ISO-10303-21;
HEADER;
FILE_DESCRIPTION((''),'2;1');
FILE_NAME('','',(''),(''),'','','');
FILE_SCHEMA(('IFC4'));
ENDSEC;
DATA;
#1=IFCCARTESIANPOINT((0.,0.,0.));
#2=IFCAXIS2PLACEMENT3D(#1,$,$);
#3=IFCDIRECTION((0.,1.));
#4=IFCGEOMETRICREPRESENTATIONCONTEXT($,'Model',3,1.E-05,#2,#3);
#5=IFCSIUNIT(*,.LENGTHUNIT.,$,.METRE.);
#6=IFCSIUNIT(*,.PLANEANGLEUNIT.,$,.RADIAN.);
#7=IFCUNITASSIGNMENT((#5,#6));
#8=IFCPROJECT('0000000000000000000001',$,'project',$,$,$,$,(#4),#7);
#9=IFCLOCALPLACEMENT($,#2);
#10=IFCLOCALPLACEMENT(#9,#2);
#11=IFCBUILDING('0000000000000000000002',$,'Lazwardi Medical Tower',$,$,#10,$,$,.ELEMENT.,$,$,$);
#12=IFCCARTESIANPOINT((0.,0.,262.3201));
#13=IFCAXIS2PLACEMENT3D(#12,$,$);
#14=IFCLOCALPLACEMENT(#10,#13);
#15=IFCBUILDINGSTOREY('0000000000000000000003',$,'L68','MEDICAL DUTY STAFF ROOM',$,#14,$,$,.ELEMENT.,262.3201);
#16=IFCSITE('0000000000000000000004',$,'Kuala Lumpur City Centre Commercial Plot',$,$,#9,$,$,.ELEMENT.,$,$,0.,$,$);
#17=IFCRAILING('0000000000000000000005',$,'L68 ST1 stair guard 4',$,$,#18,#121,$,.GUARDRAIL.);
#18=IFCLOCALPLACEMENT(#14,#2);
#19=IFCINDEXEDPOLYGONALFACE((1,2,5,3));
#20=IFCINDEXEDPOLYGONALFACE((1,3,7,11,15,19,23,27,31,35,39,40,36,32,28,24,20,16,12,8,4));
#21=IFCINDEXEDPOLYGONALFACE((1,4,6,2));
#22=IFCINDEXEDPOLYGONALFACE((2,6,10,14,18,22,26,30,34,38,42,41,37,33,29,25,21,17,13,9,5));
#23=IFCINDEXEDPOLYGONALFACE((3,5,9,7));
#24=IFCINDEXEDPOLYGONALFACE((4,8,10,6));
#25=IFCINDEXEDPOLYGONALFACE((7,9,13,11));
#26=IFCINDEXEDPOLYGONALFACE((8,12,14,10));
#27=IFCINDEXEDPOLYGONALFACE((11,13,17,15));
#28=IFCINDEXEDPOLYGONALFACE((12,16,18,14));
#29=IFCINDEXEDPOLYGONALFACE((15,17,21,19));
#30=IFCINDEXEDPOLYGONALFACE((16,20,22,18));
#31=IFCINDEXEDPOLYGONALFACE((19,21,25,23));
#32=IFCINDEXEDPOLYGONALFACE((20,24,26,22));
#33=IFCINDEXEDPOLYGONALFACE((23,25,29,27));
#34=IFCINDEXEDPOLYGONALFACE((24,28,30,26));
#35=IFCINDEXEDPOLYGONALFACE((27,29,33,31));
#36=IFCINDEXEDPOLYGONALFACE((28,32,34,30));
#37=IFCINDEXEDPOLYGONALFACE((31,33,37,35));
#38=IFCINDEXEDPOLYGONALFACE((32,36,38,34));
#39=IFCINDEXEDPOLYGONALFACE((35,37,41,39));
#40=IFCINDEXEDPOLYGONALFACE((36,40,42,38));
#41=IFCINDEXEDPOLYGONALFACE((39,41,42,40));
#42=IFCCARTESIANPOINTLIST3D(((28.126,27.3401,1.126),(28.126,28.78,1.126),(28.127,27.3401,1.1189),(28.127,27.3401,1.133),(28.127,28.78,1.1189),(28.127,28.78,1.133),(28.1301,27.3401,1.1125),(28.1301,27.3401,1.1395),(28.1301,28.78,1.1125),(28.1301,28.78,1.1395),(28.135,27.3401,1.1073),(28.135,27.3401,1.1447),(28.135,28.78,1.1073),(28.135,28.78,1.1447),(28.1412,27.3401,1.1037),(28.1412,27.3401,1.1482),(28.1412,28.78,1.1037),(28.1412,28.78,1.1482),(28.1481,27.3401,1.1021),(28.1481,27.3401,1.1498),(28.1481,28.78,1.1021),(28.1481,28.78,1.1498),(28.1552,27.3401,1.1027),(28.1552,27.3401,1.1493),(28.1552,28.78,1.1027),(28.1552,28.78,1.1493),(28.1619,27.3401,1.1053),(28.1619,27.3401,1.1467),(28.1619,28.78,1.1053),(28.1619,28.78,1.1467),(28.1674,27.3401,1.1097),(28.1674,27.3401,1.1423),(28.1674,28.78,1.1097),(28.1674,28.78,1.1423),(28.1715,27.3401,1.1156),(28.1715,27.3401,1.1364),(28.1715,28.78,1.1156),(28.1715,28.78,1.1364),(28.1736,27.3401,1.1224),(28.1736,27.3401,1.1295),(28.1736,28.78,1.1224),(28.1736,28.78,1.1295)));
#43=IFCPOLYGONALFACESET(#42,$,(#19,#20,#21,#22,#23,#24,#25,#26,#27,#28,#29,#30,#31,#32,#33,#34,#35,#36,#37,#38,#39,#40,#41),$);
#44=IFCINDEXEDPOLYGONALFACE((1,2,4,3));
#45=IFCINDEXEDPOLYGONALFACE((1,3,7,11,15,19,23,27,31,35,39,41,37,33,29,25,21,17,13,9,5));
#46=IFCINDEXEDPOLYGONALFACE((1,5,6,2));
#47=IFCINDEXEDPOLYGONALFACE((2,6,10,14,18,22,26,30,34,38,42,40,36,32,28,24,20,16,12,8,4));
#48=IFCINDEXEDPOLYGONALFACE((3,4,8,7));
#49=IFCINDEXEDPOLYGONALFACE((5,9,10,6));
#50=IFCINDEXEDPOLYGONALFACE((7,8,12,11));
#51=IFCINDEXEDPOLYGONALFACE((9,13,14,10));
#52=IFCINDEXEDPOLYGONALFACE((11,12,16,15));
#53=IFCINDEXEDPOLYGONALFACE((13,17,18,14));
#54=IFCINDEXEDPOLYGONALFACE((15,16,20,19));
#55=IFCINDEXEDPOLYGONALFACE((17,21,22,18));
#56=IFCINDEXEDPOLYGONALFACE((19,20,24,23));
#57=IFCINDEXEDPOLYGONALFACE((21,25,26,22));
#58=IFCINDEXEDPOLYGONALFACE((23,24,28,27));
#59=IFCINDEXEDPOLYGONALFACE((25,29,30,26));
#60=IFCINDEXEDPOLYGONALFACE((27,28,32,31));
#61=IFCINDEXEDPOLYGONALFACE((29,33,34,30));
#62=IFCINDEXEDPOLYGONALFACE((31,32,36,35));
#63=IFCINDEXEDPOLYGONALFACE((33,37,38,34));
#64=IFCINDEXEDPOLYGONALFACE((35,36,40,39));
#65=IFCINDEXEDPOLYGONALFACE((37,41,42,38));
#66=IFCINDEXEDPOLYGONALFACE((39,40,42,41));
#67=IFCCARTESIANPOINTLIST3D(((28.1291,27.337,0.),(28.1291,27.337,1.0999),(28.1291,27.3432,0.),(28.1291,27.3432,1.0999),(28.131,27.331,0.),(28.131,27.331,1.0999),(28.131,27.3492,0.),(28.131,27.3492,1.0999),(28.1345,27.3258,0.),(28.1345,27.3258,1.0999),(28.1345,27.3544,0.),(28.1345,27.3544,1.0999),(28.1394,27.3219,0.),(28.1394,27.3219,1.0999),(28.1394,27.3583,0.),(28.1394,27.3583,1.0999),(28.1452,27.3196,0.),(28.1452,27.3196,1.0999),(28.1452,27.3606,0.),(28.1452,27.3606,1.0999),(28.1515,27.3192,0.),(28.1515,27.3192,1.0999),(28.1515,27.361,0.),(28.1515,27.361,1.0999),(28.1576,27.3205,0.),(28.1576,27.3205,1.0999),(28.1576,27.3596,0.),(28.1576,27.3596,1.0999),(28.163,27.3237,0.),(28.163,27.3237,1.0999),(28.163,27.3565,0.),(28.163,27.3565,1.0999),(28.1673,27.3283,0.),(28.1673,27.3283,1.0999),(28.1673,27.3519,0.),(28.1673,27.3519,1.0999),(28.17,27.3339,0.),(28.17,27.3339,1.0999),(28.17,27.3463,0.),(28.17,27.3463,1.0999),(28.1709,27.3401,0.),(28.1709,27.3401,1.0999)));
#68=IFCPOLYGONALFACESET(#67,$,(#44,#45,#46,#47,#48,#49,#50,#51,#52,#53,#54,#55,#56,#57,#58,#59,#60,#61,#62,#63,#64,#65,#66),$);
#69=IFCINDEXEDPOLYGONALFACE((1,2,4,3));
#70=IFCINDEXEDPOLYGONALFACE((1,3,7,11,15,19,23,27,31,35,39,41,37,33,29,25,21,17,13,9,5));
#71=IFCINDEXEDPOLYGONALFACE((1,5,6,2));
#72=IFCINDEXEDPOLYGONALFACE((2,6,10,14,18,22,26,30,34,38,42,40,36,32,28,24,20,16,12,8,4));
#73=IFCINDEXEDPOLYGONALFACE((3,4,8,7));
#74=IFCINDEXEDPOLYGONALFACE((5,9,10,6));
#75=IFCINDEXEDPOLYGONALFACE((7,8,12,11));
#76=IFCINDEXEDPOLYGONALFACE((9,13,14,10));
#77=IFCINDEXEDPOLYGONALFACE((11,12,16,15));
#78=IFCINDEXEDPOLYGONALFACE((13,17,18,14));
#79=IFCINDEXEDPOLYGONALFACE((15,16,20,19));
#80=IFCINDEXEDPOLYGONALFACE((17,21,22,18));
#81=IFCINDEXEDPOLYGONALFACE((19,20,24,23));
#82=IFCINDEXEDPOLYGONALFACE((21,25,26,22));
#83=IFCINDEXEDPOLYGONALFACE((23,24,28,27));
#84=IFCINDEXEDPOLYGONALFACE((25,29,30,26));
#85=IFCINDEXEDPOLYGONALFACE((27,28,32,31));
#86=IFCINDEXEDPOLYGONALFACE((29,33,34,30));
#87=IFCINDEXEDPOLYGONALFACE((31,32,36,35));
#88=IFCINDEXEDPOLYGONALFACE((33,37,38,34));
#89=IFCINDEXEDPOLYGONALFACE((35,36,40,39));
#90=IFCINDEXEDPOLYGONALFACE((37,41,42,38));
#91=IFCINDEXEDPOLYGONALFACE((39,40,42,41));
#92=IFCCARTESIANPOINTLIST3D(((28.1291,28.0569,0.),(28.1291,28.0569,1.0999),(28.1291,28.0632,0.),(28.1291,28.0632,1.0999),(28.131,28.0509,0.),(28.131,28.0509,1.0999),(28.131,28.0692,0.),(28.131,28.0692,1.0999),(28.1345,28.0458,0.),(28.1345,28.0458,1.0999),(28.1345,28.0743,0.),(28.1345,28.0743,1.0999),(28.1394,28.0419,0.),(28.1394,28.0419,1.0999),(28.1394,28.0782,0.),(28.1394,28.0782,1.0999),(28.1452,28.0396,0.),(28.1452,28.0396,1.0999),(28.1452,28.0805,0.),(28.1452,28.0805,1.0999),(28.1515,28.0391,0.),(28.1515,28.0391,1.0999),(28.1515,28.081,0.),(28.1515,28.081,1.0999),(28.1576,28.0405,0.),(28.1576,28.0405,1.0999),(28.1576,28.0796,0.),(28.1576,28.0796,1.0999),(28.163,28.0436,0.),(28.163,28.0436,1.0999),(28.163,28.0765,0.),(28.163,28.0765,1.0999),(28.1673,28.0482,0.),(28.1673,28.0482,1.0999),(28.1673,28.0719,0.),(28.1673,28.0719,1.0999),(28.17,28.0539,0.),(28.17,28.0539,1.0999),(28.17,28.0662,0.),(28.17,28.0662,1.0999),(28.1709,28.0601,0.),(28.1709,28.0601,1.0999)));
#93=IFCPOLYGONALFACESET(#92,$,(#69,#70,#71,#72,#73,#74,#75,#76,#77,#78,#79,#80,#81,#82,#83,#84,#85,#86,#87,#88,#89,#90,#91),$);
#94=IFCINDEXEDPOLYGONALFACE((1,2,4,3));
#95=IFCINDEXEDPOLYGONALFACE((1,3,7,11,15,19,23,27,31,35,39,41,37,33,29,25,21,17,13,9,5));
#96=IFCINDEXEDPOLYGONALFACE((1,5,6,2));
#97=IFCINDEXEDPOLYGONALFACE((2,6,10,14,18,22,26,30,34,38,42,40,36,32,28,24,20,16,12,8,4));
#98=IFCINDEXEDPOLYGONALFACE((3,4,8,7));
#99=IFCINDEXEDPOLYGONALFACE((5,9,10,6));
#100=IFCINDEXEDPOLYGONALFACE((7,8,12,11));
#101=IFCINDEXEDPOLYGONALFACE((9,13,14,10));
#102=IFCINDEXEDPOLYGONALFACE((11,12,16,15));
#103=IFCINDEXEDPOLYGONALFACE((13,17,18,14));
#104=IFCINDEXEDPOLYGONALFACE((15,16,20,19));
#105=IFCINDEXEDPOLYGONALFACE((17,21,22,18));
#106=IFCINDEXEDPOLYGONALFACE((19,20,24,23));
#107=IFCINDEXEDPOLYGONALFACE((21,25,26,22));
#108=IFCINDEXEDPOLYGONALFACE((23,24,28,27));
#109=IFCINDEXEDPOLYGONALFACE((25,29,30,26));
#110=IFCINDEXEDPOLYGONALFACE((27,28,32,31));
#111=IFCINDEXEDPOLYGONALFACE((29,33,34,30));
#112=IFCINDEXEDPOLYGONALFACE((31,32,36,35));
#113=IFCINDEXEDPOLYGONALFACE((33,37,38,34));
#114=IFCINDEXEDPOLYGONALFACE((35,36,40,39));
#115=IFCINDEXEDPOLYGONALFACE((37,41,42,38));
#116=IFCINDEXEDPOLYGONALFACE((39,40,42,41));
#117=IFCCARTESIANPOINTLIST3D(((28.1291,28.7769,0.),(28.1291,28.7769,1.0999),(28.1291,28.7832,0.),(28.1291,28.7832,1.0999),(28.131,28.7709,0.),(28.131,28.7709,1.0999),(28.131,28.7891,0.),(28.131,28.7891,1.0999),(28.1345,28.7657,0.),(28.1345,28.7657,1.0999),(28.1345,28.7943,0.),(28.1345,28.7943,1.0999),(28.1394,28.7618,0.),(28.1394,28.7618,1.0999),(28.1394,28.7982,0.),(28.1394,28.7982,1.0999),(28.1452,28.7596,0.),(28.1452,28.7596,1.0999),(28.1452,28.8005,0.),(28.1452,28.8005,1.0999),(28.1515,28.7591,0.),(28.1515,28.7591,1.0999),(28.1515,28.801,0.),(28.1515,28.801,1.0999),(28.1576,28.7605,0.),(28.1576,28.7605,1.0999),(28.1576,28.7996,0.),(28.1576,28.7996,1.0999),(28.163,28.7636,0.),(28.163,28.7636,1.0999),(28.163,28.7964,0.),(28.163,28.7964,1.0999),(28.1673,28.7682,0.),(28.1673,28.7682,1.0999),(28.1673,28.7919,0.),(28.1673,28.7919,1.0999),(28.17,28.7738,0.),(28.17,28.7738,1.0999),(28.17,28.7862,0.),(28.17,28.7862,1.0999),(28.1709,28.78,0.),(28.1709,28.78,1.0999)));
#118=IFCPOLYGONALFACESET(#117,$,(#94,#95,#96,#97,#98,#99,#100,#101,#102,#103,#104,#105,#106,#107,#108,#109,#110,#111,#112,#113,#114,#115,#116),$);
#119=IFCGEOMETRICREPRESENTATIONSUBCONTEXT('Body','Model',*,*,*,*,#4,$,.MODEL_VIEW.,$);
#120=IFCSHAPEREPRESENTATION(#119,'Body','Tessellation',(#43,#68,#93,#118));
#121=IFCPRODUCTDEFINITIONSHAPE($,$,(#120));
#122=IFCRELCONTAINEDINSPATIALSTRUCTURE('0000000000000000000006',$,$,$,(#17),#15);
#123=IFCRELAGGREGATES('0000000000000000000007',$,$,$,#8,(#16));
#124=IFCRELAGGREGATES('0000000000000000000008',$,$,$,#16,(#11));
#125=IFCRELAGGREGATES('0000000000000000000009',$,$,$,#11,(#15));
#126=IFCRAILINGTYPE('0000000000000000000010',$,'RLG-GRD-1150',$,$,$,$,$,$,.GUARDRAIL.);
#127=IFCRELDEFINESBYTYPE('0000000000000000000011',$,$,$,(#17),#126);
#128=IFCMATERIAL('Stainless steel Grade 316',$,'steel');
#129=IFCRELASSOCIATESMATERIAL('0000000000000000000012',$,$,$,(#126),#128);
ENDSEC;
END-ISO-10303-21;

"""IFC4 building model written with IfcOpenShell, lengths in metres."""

from ifc_helpers import new_model, si_unit, direction, frame, origin, origin_2d, place, context, subcontext, project, spatial, circle, extrude, material, type_object, element, save


model = new_model("IFC4")

# Units and contexts
model_context = context("Model", 3, precision=1e-05, world=origin(), true_north=direction((0.0, 1.0)))
body_context = subcontext(model_context, "Body", "Model", "MODEL_VIEW")
ifc_project = project(units=[si_unit("LENGTHUNIT", "METRE"), si_unit("PLANEANGLEUNIT", "RADIAN")], contexts=[model_context])

# Site, building, storey
site_placement = place(None, origin())
site = spatial("IfcSite", under=ifc_project, at=site_placement, Name="Kuala Lumpur City Centre Commercial Plot", CompositionType="ELEMENT", RefElevation=0.0)
building_placement = place(site_placement, origin())
building = spatial("IfcBuilding", under=site, at=building_placement, Name="Lazwardi Medical Tower", CompositionType="ELEMENT")
storey_placement = place(building_placement, frame((0.0, 0.0, 262.3201)))
storey = spatial("IfcBuildingStorey", under=building, at=storey_placement, Name="L68", Description="MEDICAL DUTY STAFF ROOM", CompositionType="ELEMENT", Elevation=262.3201)

# Railing
ifc_material_1 = material(Name="Stainless steel Grade 316", Category="steel")
railing_type_1 = type_object("IfcRailingType", Name="RLG-GRD-1150", PredefinedType="GUARDRAIL", material=ifc_material_1)
railing_1_placement = place(storey_placement, frame((28.1499, 27.3401, 0.0)))
element("IfcRailing", 1, at=railing_1_placement, inside=storey, type_object=railing_type_1, Name="L68 ST1 stair guard 4", PredefinedType="GUARDRAIL", context=body_context, shape_type="SweptSolid", body=[
    extrude(circle(Radius=0.0239, at=origin_2d()), frame((0.0, 0.0, 1.126), z_axis=(0.0, 1.0, 0.0), x_axis=(-1.0, 0.0, 0.0)), (0.0, 0.0, 1.0), 1.4399),
    extrude(circle(Radius=0.021, at=origin_2d()), origin(), (0.0, 0.0, 1.0), 1.0999),
    extrude(circle(Radius=0.021, at=origin_2d()), frame((0.0, 0.72, 0.0)), (0.0, 0.0, 1.0), 1.0999),
    extrude(circle(Radius=0.021, at=origin_2d()), frame((0.0, 1.4399, 0.0)), (0.0, 0.0, 1.0), 1.0999),
])

save(model, "model.ifc")
